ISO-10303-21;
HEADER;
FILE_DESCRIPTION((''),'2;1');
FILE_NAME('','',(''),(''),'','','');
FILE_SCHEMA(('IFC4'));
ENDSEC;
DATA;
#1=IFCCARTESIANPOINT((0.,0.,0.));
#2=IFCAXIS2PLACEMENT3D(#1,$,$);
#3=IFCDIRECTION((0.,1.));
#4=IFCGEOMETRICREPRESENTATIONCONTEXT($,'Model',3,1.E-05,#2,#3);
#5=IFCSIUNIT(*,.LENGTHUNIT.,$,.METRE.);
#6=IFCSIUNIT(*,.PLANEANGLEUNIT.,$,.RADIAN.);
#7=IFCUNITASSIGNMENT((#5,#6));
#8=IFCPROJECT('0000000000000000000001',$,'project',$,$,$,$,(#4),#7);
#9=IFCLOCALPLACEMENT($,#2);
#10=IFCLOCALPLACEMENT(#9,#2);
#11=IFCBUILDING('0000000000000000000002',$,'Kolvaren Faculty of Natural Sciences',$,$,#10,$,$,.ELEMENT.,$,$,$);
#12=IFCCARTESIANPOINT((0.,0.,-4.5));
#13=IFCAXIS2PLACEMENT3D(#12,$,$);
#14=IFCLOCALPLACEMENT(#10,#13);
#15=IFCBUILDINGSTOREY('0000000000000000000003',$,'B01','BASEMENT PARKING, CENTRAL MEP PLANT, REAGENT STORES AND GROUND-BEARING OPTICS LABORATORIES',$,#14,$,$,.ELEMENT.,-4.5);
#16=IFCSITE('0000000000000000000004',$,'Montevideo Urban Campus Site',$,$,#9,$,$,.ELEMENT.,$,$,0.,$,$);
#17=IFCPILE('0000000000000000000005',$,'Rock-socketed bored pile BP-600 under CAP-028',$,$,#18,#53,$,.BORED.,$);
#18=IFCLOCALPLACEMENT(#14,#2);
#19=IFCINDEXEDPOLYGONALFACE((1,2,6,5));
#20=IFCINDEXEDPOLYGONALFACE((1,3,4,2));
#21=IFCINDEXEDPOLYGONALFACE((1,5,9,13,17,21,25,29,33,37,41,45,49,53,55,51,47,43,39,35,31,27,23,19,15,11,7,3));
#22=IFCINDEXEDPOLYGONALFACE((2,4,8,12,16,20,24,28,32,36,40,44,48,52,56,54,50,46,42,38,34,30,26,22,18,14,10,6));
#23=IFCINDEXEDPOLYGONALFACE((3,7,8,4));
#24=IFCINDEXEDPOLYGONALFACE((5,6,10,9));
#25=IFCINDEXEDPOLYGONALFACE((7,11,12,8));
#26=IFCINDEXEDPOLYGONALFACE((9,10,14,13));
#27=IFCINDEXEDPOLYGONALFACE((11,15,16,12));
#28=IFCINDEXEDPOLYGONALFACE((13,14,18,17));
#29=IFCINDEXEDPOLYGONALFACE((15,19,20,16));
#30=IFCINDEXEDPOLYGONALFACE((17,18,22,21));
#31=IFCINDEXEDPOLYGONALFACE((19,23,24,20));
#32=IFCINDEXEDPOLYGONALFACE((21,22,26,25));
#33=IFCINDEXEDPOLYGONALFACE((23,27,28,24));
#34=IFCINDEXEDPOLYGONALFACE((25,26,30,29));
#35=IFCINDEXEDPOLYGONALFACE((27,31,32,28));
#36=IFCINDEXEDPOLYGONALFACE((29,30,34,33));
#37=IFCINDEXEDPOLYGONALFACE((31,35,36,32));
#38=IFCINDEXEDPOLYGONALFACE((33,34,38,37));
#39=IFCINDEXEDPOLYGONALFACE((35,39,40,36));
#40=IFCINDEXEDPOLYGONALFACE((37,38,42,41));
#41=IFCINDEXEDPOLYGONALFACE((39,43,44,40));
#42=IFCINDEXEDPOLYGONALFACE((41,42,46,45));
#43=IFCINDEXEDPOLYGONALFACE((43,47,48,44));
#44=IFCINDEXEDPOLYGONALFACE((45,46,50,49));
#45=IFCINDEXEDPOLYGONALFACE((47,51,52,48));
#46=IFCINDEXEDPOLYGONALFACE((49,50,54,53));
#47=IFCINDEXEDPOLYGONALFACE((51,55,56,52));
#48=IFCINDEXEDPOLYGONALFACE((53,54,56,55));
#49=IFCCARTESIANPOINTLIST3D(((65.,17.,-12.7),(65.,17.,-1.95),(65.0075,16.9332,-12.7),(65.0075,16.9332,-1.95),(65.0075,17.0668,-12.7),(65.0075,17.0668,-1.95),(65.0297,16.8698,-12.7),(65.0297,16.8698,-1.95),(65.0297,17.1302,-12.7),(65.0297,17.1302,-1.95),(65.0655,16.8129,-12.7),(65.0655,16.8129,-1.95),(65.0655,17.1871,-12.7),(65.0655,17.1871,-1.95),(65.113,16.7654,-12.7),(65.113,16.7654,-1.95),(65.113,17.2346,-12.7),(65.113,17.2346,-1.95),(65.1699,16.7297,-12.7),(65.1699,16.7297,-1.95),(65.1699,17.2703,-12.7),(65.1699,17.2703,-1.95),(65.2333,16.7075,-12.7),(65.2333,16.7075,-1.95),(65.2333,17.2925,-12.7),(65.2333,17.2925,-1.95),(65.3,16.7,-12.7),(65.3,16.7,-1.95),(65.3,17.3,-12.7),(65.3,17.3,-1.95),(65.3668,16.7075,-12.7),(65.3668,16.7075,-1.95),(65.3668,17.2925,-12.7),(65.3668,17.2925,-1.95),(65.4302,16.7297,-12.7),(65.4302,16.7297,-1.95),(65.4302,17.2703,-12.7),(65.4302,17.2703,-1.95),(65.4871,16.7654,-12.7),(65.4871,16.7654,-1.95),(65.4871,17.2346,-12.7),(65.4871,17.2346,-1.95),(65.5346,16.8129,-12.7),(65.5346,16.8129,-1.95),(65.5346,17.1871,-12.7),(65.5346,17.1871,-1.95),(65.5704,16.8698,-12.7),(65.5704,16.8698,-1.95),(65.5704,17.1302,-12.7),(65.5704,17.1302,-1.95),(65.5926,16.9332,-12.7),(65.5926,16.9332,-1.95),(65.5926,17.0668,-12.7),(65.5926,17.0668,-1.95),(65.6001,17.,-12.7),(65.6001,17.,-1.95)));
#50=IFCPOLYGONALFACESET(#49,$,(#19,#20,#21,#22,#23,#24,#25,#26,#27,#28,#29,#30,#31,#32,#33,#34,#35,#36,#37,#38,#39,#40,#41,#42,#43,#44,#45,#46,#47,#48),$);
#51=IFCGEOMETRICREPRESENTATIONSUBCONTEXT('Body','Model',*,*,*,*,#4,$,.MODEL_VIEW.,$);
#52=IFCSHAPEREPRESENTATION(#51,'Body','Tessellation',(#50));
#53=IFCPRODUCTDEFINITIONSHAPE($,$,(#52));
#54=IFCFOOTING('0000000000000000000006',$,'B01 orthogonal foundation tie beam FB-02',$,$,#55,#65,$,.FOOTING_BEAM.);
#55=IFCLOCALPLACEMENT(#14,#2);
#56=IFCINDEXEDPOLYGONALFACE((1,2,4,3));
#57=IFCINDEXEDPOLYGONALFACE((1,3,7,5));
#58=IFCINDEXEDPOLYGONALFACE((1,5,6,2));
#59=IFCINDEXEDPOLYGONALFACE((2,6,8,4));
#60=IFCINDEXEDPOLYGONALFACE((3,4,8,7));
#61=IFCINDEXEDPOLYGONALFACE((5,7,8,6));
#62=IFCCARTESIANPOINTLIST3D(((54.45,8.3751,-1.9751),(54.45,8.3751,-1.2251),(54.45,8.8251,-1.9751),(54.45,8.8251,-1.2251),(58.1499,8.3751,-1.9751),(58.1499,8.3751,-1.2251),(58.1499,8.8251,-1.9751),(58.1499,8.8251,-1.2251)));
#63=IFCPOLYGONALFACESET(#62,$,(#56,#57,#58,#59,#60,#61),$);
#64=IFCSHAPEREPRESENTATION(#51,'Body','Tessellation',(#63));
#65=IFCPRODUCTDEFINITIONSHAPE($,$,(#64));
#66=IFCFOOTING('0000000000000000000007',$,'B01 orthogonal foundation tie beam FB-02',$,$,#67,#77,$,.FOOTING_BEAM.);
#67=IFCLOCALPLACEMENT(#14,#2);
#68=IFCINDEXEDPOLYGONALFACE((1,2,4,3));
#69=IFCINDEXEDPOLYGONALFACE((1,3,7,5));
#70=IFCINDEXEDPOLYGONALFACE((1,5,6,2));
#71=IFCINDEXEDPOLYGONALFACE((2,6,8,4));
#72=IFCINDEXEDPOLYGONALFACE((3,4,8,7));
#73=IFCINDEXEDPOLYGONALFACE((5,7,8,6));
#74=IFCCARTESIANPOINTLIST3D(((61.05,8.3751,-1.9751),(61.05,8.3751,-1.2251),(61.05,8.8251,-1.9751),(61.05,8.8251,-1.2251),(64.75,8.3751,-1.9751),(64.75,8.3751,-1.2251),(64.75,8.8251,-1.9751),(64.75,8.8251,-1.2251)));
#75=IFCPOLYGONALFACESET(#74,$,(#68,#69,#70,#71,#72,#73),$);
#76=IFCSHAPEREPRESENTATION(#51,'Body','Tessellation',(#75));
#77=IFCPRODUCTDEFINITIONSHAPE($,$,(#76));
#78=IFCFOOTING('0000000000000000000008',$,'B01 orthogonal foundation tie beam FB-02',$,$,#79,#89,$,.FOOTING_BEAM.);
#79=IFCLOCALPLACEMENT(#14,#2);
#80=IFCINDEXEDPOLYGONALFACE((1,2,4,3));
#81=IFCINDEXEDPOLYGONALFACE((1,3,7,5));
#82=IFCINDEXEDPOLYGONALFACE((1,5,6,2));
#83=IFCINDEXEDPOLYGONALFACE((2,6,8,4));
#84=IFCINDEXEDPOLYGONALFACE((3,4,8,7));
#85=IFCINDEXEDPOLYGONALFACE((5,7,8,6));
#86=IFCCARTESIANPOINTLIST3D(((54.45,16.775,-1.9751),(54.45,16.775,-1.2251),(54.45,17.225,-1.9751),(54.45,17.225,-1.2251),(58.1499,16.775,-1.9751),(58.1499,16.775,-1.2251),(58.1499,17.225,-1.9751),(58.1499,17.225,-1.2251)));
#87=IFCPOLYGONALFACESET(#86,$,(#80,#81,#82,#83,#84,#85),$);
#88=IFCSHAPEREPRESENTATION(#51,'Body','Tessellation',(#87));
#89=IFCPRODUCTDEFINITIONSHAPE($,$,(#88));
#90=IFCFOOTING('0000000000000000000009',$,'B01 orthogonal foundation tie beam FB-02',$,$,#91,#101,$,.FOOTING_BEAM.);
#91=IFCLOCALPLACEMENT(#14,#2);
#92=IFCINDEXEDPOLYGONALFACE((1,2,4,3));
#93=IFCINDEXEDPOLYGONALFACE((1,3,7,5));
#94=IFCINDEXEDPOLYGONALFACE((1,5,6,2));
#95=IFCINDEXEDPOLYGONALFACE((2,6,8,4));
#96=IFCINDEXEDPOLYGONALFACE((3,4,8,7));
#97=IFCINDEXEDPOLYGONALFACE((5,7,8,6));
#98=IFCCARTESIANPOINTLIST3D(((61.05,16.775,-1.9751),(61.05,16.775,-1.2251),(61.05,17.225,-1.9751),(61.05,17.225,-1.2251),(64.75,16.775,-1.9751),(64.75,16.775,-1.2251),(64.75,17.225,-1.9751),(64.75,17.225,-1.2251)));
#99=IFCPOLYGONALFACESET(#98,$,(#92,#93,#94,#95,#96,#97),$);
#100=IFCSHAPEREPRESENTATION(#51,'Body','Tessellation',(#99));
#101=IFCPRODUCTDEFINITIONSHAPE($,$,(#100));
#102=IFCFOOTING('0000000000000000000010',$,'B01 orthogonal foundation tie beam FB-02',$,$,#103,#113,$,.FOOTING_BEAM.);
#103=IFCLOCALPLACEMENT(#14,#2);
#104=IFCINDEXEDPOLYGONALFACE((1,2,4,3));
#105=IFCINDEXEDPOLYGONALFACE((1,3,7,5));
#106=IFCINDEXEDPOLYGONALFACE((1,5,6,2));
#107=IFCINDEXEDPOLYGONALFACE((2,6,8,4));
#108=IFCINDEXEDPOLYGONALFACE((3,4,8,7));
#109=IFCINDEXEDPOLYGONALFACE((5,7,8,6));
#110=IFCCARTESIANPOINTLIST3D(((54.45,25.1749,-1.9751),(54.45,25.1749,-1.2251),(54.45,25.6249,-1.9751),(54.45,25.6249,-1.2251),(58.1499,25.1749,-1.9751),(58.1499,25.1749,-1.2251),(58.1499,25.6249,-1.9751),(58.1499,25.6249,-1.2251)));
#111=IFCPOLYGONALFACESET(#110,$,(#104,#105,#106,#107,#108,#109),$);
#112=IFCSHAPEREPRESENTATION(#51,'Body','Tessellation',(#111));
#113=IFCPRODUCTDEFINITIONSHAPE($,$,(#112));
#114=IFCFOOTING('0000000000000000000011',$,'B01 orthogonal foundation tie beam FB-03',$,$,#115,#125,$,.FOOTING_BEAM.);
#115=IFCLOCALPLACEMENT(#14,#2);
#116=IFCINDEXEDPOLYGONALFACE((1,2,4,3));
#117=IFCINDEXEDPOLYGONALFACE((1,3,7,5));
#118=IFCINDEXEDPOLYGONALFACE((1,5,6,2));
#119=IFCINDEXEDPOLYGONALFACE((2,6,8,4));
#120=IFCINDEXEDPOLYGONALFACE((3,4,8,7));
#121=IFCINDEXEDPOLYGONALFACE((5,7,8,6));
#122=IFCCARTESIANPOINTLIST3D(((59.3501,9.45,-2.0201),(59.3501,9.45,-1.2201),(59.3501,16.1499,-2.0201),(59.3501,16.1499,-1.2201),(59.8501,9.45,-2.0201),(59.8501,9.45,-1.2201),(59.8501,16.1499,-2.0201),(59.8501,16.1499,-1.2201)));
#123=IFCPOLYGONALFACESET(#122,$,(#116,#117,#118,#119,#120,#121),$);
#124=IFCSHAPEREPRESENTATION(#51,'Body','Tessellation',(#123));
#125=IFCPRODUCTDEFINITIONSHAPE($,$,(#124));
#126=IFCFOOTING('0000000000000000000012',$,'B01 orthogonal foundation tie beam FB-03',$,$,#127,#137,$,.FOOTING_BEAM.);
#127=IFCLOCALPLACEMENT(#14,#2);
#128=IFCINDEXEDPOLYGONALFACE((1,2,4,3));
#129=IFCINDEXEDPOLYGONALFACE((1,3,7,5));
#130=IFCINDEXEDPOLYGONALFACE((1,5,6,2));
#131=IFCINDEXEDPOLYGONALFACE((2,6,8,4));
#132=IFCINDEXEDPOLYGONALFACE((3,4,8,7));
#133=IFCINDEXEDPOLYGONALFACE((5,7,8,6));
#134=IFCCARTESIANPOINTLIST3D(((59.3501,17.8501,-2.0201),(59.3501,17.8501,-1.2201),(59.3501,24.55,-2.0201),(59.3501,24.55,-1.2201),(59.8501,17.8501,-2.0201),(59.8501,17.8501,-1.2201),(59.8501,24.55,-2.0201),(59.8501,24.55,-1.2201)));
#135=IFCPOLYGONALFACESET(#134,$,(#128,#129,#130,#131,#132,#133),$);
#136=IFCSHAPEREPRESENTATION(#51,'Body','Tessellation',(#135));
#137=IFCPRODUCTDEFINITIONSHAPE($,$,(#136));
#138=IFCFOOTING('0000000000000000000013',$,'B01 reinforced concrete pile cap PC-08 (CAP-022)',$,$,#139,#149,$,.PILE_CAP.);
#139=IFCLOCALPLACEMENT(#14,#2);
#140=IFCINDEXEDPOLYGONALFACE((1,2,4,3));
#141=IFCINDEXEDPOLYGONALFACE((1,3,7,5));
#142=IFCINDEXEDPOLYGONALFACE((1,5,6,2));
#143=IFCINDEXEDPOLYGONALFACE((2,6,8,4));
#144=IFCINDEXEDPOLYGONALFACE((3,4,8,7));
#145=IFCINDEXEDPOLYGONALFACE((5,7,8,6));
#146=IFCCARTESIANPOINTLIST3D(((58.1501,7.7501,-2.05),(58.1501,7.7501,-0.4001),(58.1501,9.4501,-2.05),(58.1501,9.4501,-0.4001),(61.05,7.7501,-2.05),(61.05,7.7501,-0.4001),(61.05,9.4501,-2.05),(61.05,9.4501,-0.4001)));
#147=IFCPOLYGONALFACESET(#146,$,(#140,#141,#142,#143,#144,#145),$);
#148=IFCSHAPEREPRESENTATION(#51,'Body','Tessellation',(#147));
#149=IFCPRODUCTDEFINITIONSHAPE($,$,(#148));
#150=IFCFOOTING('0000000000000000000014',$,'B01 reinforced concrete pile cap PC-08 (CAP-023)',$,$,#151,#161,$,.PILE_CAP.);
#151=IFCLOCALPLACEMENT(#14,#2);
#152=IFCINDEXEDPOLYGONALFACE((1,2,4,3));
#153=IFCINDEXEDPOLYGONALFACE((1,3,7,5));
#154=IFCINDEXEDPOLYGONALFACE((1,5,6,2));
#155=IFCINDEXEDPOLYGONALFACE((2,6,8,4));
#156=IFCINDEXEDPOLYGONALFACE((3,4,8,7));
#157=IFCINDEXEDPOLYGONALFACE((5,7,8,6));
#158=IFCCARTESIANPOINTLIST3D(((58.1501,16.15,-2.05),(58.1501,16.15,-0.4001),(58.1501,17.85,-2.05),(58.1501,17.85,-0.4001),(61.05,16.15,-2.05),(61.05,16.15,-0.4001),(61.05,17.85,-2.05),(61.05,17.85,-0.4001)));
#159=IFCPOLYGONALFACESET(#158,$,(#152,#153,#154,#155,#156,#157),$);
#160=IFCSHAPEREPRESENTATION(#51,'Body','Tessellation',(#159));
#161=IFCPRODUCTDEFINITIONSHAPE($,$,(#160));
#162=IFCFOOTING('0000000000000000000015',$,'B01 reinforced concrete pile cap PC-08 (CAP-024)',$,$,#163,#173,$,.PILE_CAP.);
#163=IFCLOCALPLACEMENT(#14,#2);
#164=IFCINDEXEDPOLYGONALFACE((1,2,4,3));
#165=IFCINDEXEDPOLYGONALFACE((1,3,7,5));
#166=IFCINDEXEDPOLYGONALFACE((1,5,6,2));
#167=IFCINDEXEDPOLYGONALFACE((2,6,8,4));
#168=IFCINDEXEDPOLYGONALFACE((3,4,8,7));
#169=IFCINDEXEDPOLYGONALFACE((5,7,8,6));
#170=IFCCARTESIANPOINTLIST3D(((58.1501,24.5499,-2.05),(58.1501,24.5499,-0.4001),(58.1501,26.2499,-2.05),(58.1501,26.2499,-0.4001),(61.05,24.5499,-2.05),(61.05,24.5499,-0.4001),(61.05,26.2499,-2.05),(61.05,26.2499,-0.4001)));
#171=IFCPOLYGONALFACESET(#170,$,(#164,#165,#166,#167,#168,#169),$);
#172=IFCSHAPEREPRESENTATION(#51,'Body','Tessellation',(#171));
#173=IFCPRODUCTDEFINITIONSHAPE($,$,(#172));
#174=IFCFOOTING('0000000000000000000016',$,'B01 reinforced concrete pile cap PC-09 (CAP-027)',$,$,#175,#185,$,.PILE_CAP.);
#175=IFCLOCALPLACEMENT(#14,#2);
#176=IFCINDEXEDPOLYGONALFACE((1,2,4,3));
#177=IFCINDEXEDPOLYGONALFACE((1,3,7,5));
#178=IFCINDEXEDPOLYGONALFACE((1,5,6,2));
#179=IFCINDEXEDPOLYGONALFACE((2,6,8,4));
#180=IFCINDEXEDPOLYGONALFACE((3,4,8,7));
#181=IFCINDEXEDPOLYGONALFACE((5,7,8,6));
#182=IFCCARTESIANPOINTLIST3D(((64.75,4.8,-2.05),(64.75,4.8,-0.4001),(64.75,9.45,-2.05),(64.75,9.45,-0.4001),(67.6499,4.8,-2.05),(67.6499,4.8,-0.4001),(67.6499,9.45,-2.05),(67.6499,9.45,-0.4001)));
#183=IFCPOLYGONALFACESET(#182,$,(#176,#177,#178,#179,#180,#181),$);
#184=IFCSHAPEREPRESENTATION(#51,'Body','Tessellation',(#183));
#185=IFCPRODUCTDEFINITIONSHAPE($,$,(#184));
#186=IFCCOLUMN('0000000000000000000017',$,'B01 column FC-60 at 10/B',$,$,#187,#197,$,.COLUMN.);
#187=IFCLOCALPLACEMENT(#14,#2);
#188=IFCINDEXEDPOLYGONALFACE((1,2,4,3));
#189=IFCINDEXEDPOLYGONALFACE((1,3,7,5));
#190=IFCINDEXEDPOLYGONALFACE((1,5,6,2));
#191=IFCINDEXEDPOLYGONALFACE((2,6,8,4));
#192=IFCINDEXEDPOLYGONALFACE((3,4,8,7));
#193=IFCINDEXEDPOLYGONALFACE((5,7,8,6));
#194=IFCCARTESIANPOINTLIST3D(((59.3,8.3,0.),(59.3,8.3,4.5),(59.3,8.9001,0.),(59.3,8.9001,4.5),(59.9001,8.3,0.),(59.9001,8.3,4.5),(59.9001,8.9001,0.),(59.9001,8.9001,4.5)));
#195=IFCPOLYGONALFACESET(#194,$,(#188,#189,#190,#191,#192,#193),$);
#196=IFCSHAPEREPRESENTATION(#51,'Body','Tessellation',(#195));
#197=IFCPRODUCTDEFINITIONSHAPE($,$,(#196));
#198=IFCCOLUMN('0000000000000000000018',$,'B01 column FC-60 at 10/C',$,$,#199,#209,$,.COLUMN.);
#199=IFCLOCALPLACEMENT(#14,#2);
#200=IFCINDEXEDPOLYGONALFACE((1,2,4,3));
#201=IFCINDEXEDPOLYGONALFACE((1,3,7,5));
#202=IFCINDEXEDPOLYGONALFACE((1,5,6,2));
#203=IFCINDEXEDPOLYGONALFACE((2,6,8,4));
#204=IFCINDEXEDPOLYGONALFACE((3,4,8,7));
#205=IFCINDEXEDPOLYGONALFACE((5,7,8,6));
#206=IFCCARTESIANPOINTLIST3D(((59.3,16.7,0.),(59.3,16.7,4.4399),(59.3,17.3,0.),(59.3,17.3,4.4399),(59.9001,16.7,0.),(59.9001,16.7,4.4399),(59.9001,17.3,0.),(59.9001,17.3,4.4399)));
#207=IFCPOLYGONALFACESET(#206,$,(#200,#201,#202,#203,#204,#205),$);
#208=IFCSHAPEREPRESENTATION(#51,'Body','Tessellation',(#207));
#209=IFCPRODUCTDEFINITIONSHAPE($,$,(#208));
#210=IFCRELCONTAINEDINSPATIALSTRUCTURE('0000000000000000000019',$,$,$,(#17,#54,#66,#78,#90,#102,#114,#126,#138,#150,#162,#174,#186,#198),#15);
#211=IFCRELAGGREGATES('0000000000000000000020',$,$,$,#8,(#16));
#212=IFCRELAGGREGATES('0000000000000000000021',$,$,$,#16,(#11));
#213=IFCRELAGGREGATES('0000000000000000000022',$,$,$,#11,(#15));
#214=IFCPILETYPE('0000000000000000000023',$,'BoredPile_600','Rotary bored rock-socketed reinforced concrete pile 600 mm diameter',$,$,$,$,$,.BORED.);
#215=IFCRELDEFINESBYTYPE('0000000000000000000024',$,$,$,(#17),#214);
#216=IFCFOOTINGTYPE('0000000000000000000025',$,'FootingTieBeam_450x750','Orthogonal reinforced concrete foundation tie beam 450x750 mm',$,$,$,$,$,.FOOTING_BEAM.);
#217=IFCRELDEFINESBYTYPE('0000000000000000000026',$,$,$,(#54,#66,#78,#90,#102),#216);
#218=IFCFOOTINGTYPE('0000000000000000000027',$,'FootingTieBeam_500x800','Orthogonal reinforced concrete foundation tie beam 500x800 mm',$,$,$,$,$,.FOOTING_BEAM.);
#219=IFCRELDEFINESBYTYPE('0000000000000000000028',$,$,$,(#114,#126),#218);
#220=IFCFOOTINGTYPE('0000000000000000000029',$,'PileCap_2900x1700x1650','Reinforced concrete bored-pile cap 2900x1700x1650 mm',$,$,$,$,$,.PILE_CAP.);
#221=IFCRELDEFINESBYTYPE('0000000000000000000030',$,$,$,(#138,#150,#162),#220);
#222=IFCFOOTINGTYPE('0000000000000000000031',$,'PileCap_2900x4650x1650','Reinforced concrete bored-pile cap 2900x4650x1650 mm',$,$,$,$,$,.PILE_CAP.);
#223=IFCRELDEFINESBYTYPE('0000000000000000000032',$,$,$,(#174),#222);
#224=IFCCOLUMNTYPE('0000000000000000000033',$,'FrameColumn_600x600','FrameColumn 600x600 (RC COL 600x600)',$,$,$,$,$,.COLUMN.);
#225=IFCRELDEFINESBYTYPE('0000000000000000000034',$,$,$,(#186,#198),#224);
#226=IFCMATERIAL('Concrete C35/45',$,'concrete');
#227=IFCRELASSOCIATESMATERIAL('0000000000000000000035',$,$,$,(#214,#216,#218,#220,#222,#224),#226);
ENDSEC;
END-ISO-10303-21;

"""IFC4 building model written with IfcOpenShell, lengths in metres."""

from ifc_helpers import new_model, si_unit, direction, frame, origin, origin_2d, place, context, subcontext, project, spatial, rectangle, circle, extrude, material, material_profile, profile_set, type_object, element, save


model = new_model("IFC4")

# Units and contexts
model_context = context("Model", 3, precision=1e-05, world=origin(), true_north=direction((0.0, 1.0)))
body_context = subcontext(model_context, "Body", "Model", "MODEL_VIEW")
ifc_project = project(units=[si_unit("LENGTHUNIT", "METRE"), si_unit("PLANEANGLEUNIT", "RADIAN")], contexts=[model_context])

# Site, building, storey
site_placement = place(None, origin())
site = spatial("IfcSite", under=ifc_project, at=site_placement, Name="Montevideo Urban Campus Site", CompositionType="ELEMENT", RefElevation=0.0)
building_placement = place(site_placement, origin())
building = spatial("IfcBuilding", under=site, at=building_placement, Name="Kolvaren Faculty of Natural Sciences", CompositionType="ELEMENT")
storey_placement = place(building_placement, frame((0.0, 0.0, -4.5)))
storey = spatial("IfcBuildingStorey", under=building, at=storey_placement, Name="B01", Description="BASEMENT PARKING, CENTRAL MEP PLANT, REAGENT STORES AND GROUND-BEARING OPTICS LABORATORIES", CompositionType="ELEMENT", Elevation=-4.5)

# Pile
ifc_material_1 = material(Name="Concrete C35/45", Category="concrete")
ifc_material_profile_1 = material_profile(ifc_material_1, circle(Radius=0.3, at=origin_2d()), Name="PILE D600")
ifc_profile_set_1 = profile_set([ifc_material_profile_1], Name="Concrete C35/45")
pile_type = type_object("IfcPileType", Name="BoredPile_600", Description="Rotary bored rock-socketed reinforced concrete pile 600 mm diameter", PredefinedType="BORED", material=ifc_profile_set_1)
for number, where, z_axis, x_axis, name in (
    (1, (65.3, 17.0, -1.95), (0.0, 0.0, -1.0), (1.0, 0.0, 0.0), "Rock-socketed bored pile BP-600 under CAP-028"),
):
    element("IfcPile", number, at=place(storey_placement, frame(where, z_axis=z_axis, x_axis=x_axis)), inside=storey, type_object=pile_type, Name=name, PredefinedType="BORED", context=body_context, shape_type="SweptSolid", body=[
        extrude(circle(Radius=0.3, at=origin_2d()), origin(), (0.0, 0.0, 1.0), 10.75),
    ])

# Footings
ifc_material_profile_2 = material_profile(ifc_material_1, rectangle(XDim=0.45, YDim=0.75, at=origin_2d()), Name="RC FB 450x750")
ifc_profile_set_2 = profile_set([ifc_material_profile_2], Name="Concrete C35/45")
footing_type_1 = type_object("IfcFootingType", Name="FootingTieBeam_450x750", Description="Orthogonal reinforced concrete foundation tie beam 450x750 mm", PredefinedType="FOOTING_BEAM", material=ifc_profile_set_2)
for number, where, z_axis, x_axis, name in (
    (2, (54.45, 8.6001, -1.6001), (1.0, 0.0, 0.0), (0.0, 1.0, 0.0), "B01 orthogonal foundation tie beam FB-02"),
    (3, (61.05, 8.6001, -1.6001), (1.0, 0.0, 0.0), (0.0, 1.0, 0.0), "B01 orthogonal foundation tie beam FB-02"),
    (4, (54.45, 17.0, -1.6001), (1.0, 0.0, 0.0), (0.0, 1.0, 0.0), "B01 orthogonal foundation tie beam FB-02"),
    (5, (61.05, 17.0, -1.6001), (1.0, 0.0, 0.0), (0.0, 1.0, 0.0), "B01 orthogonal foundation tie beam FB-02"),
    (6, (54.45, 25.3999, -1.6001), (1.0, 0.0, 0.0), (0.0, 1.0, 0.0), "B01 orthogonal foundation tie beam FB-02"),
):
    element("IfcFooting", number, at=place(storey_placement, frame(where, z_axis=z_axis, x_axis=x_axis)), inside=storey, type_object=footing_type_1, Name=name, PredefinedType="FOOTING_BEAM", context=body_context, shape_type="SweptSolid", body=[
        extrude(rectangle(XDim=0.45, YDim=0.75, at=origin_2d()), origin(), (0.0, 0.0, 1.0), 3.7),
    ])
ifc_material_profile_3 = material_profile(ifc_material_1, rectangle(XDim=0.5, YDim=0.8, at=origin_2d()), Name="RC FB 500x800")
ifc_profile_set_3 = profile_set([ifc_material_profile_3], Name="Concrete C35/45")
footing_type_2 = type_object("IfcFootingType", Name="FootingTieBeam_500x800", Description="Orthogonal reinforced concrete foundation tie beam 500x800 mm", PredefinedType="FOOTING_BEAM", material=ifc_profile_set_3)
for number, where, z_axis, x_axis, name in (
    (7, (59.6001, 9.45, -1.6201), (0.0, 1.0, 0.0), (-1.0, 0.0, 0.0), "B01 orthogonal foundation tie beam FB-03"),
    (8, (59.6001, 17.8501, -1.6201), (0.0, 1.0, 0.0), (-1.0, 0.0, 0.0), "B01 orthogonal foundation tie beam FB-03"),
):
    element("IfcFooting", number, at=place(storey_placement, frame(where, z_axis=z_axis, x_axis=x_axis)), inside=storey, type_object=footing_type_2, Name=name, PredefinedType="FOOTING_BEAM", context=body_context, shape_type="SweptSolid", body=[
        extrude(rectangle(XDim=0.5, YDim=0.8, at=origin_2d()), origin(), (0.0, 0.0, 1.0), 6.7),
    ])
footing_type_3 = type_object("IfcFootingType", Name="PileCap_2900x1700x1650", Description="Reinforced concrete bored-pile cap 2900x1700x1650 mm", PredefinedType="PILE_CAP", material=ifc_material_1)
for number, where, z_axis, x_axis, name in (
    (9, (59.6001, 8.6001, -2.05), (0.0, 0.0, 1.0), (1.0, 0.0, 0.0), "B01 reinforced concrete pile cap PC-08 (CAP-022)"),
    (10, (59.6001, 17.0, -2.05), (0.0, 0.0, 1.0), (1.0, 0.0, 0.0), "B01 reinforced concrete pile cap PC-08 (CAP-023)"),
    (11, (59.6001, 25.3999, -2.05), (0.0, 0.0, 1.0), (1.0, 0.0, 0.0), "B01 reinforced concrete pile cap PC-08 (CAP-024)"),
):
    element("IfcFooting", number, at=place(storey_placement, frame(where, z_axis=z_axis, x_axis=x_axis)), inside=storey, type_object=footing_type_3, Name=name, PredefinedType="PILE_CAP", context=body_context, shape_type="SweptSolid", body=[
        extrude(rectangle(XDim=2.8999, YDim=1.7, at=origin_2d()), origin(), (0.0, 0.0, 1.0), 1.6499),
    ])
footing_type_4 = type_object("IfcFootingType", Name="PileCap_2900x4650x1650", Description="Reinforced concrete bored-pile cap 2900x4650x1650 mm", PredefinedType="PILE_CAP", material=ifc_material_1)
footing_placement = place(storey_placement, frame((66.2, 7.125, -2.05), z_axis=(0.0, 0.0, 1.0), x_axis=(1.0, 0.0, 0.0)))
element("IfcFooting", 12, at=footing_placement, inside=storey, type_object=footing_type_4, Name="B01 reinforced concrete pile cap PC-09 (CAP-027)", PredefinedType="PILE_CAP", context=body_context, shape_type="SweptSolid", body=[
    extrude(rectangle(XDim=2.8999, YDim=4.6499, at=origin_2d()), origin(), (0.0, 0.0, 1.0), 1.6499),
])

# Columns
ifc_material_profile_4 = material_profile(ifc_material_1, rectangle(XDim=0.6001, YDim=0.6001, at=origin_2d()), Name="RC COL 600x600")
ifc_profile_set_4 = profile_set([ifc_material_profile_4], Name="Concrete C35/45")
column_type_1 = type_object("IfcColumnType", Name="FrameColumn_600x600", Description="FrameColumn 600x600 (RC COL 600x600)", PredefinedType="COLUMN", material=ifc_profile_set_4)
column_1_placement = place(storey_placement, frame((59.6001, 8.6001, 0.0), z_axis=(0.0, 0.0, 1.0), x_axis=(1.0, 0.0, 0.0)))
element("IfcColumn", 13, at=column_1_placement, inside=storey, type_object=column_type_1, Name="B01 column FC-60 at 10/B", PredefinedType="COLUMN", context=body_context, shape_type="SweptSolid", body=[
    extrude(rectangle(XDim=0.6001, YDim=0.6001, at=origin_2d()), origin(), (0.0, 0.0, 1.0), 4.5),
])
for number, where, z_axis, x_axis, name in (
    (14, (59.6001, 17.0, 0.0), (0.0, 0.0, 1.0), (1.0, 0.0, 0.0), "B01 column FC-60 at 10/C"),
):
    element("IfcColumn", number, at=place(storey_placement, frame(where, z_axis=z_axis, x_axis=x_axis)), inside=storey, type_object=column_type_1, Name=name, PredefinedType="COLUMN", context=body_context, shape_type="SweptSolid", body=[
        extrude(rectangle(XDim=0.6001, YDim=0.6001, at=origin_2d()), origin(), (0.0, 0.0, 1.0), 4.4399),
    ])

save(model, "model.ifc")
